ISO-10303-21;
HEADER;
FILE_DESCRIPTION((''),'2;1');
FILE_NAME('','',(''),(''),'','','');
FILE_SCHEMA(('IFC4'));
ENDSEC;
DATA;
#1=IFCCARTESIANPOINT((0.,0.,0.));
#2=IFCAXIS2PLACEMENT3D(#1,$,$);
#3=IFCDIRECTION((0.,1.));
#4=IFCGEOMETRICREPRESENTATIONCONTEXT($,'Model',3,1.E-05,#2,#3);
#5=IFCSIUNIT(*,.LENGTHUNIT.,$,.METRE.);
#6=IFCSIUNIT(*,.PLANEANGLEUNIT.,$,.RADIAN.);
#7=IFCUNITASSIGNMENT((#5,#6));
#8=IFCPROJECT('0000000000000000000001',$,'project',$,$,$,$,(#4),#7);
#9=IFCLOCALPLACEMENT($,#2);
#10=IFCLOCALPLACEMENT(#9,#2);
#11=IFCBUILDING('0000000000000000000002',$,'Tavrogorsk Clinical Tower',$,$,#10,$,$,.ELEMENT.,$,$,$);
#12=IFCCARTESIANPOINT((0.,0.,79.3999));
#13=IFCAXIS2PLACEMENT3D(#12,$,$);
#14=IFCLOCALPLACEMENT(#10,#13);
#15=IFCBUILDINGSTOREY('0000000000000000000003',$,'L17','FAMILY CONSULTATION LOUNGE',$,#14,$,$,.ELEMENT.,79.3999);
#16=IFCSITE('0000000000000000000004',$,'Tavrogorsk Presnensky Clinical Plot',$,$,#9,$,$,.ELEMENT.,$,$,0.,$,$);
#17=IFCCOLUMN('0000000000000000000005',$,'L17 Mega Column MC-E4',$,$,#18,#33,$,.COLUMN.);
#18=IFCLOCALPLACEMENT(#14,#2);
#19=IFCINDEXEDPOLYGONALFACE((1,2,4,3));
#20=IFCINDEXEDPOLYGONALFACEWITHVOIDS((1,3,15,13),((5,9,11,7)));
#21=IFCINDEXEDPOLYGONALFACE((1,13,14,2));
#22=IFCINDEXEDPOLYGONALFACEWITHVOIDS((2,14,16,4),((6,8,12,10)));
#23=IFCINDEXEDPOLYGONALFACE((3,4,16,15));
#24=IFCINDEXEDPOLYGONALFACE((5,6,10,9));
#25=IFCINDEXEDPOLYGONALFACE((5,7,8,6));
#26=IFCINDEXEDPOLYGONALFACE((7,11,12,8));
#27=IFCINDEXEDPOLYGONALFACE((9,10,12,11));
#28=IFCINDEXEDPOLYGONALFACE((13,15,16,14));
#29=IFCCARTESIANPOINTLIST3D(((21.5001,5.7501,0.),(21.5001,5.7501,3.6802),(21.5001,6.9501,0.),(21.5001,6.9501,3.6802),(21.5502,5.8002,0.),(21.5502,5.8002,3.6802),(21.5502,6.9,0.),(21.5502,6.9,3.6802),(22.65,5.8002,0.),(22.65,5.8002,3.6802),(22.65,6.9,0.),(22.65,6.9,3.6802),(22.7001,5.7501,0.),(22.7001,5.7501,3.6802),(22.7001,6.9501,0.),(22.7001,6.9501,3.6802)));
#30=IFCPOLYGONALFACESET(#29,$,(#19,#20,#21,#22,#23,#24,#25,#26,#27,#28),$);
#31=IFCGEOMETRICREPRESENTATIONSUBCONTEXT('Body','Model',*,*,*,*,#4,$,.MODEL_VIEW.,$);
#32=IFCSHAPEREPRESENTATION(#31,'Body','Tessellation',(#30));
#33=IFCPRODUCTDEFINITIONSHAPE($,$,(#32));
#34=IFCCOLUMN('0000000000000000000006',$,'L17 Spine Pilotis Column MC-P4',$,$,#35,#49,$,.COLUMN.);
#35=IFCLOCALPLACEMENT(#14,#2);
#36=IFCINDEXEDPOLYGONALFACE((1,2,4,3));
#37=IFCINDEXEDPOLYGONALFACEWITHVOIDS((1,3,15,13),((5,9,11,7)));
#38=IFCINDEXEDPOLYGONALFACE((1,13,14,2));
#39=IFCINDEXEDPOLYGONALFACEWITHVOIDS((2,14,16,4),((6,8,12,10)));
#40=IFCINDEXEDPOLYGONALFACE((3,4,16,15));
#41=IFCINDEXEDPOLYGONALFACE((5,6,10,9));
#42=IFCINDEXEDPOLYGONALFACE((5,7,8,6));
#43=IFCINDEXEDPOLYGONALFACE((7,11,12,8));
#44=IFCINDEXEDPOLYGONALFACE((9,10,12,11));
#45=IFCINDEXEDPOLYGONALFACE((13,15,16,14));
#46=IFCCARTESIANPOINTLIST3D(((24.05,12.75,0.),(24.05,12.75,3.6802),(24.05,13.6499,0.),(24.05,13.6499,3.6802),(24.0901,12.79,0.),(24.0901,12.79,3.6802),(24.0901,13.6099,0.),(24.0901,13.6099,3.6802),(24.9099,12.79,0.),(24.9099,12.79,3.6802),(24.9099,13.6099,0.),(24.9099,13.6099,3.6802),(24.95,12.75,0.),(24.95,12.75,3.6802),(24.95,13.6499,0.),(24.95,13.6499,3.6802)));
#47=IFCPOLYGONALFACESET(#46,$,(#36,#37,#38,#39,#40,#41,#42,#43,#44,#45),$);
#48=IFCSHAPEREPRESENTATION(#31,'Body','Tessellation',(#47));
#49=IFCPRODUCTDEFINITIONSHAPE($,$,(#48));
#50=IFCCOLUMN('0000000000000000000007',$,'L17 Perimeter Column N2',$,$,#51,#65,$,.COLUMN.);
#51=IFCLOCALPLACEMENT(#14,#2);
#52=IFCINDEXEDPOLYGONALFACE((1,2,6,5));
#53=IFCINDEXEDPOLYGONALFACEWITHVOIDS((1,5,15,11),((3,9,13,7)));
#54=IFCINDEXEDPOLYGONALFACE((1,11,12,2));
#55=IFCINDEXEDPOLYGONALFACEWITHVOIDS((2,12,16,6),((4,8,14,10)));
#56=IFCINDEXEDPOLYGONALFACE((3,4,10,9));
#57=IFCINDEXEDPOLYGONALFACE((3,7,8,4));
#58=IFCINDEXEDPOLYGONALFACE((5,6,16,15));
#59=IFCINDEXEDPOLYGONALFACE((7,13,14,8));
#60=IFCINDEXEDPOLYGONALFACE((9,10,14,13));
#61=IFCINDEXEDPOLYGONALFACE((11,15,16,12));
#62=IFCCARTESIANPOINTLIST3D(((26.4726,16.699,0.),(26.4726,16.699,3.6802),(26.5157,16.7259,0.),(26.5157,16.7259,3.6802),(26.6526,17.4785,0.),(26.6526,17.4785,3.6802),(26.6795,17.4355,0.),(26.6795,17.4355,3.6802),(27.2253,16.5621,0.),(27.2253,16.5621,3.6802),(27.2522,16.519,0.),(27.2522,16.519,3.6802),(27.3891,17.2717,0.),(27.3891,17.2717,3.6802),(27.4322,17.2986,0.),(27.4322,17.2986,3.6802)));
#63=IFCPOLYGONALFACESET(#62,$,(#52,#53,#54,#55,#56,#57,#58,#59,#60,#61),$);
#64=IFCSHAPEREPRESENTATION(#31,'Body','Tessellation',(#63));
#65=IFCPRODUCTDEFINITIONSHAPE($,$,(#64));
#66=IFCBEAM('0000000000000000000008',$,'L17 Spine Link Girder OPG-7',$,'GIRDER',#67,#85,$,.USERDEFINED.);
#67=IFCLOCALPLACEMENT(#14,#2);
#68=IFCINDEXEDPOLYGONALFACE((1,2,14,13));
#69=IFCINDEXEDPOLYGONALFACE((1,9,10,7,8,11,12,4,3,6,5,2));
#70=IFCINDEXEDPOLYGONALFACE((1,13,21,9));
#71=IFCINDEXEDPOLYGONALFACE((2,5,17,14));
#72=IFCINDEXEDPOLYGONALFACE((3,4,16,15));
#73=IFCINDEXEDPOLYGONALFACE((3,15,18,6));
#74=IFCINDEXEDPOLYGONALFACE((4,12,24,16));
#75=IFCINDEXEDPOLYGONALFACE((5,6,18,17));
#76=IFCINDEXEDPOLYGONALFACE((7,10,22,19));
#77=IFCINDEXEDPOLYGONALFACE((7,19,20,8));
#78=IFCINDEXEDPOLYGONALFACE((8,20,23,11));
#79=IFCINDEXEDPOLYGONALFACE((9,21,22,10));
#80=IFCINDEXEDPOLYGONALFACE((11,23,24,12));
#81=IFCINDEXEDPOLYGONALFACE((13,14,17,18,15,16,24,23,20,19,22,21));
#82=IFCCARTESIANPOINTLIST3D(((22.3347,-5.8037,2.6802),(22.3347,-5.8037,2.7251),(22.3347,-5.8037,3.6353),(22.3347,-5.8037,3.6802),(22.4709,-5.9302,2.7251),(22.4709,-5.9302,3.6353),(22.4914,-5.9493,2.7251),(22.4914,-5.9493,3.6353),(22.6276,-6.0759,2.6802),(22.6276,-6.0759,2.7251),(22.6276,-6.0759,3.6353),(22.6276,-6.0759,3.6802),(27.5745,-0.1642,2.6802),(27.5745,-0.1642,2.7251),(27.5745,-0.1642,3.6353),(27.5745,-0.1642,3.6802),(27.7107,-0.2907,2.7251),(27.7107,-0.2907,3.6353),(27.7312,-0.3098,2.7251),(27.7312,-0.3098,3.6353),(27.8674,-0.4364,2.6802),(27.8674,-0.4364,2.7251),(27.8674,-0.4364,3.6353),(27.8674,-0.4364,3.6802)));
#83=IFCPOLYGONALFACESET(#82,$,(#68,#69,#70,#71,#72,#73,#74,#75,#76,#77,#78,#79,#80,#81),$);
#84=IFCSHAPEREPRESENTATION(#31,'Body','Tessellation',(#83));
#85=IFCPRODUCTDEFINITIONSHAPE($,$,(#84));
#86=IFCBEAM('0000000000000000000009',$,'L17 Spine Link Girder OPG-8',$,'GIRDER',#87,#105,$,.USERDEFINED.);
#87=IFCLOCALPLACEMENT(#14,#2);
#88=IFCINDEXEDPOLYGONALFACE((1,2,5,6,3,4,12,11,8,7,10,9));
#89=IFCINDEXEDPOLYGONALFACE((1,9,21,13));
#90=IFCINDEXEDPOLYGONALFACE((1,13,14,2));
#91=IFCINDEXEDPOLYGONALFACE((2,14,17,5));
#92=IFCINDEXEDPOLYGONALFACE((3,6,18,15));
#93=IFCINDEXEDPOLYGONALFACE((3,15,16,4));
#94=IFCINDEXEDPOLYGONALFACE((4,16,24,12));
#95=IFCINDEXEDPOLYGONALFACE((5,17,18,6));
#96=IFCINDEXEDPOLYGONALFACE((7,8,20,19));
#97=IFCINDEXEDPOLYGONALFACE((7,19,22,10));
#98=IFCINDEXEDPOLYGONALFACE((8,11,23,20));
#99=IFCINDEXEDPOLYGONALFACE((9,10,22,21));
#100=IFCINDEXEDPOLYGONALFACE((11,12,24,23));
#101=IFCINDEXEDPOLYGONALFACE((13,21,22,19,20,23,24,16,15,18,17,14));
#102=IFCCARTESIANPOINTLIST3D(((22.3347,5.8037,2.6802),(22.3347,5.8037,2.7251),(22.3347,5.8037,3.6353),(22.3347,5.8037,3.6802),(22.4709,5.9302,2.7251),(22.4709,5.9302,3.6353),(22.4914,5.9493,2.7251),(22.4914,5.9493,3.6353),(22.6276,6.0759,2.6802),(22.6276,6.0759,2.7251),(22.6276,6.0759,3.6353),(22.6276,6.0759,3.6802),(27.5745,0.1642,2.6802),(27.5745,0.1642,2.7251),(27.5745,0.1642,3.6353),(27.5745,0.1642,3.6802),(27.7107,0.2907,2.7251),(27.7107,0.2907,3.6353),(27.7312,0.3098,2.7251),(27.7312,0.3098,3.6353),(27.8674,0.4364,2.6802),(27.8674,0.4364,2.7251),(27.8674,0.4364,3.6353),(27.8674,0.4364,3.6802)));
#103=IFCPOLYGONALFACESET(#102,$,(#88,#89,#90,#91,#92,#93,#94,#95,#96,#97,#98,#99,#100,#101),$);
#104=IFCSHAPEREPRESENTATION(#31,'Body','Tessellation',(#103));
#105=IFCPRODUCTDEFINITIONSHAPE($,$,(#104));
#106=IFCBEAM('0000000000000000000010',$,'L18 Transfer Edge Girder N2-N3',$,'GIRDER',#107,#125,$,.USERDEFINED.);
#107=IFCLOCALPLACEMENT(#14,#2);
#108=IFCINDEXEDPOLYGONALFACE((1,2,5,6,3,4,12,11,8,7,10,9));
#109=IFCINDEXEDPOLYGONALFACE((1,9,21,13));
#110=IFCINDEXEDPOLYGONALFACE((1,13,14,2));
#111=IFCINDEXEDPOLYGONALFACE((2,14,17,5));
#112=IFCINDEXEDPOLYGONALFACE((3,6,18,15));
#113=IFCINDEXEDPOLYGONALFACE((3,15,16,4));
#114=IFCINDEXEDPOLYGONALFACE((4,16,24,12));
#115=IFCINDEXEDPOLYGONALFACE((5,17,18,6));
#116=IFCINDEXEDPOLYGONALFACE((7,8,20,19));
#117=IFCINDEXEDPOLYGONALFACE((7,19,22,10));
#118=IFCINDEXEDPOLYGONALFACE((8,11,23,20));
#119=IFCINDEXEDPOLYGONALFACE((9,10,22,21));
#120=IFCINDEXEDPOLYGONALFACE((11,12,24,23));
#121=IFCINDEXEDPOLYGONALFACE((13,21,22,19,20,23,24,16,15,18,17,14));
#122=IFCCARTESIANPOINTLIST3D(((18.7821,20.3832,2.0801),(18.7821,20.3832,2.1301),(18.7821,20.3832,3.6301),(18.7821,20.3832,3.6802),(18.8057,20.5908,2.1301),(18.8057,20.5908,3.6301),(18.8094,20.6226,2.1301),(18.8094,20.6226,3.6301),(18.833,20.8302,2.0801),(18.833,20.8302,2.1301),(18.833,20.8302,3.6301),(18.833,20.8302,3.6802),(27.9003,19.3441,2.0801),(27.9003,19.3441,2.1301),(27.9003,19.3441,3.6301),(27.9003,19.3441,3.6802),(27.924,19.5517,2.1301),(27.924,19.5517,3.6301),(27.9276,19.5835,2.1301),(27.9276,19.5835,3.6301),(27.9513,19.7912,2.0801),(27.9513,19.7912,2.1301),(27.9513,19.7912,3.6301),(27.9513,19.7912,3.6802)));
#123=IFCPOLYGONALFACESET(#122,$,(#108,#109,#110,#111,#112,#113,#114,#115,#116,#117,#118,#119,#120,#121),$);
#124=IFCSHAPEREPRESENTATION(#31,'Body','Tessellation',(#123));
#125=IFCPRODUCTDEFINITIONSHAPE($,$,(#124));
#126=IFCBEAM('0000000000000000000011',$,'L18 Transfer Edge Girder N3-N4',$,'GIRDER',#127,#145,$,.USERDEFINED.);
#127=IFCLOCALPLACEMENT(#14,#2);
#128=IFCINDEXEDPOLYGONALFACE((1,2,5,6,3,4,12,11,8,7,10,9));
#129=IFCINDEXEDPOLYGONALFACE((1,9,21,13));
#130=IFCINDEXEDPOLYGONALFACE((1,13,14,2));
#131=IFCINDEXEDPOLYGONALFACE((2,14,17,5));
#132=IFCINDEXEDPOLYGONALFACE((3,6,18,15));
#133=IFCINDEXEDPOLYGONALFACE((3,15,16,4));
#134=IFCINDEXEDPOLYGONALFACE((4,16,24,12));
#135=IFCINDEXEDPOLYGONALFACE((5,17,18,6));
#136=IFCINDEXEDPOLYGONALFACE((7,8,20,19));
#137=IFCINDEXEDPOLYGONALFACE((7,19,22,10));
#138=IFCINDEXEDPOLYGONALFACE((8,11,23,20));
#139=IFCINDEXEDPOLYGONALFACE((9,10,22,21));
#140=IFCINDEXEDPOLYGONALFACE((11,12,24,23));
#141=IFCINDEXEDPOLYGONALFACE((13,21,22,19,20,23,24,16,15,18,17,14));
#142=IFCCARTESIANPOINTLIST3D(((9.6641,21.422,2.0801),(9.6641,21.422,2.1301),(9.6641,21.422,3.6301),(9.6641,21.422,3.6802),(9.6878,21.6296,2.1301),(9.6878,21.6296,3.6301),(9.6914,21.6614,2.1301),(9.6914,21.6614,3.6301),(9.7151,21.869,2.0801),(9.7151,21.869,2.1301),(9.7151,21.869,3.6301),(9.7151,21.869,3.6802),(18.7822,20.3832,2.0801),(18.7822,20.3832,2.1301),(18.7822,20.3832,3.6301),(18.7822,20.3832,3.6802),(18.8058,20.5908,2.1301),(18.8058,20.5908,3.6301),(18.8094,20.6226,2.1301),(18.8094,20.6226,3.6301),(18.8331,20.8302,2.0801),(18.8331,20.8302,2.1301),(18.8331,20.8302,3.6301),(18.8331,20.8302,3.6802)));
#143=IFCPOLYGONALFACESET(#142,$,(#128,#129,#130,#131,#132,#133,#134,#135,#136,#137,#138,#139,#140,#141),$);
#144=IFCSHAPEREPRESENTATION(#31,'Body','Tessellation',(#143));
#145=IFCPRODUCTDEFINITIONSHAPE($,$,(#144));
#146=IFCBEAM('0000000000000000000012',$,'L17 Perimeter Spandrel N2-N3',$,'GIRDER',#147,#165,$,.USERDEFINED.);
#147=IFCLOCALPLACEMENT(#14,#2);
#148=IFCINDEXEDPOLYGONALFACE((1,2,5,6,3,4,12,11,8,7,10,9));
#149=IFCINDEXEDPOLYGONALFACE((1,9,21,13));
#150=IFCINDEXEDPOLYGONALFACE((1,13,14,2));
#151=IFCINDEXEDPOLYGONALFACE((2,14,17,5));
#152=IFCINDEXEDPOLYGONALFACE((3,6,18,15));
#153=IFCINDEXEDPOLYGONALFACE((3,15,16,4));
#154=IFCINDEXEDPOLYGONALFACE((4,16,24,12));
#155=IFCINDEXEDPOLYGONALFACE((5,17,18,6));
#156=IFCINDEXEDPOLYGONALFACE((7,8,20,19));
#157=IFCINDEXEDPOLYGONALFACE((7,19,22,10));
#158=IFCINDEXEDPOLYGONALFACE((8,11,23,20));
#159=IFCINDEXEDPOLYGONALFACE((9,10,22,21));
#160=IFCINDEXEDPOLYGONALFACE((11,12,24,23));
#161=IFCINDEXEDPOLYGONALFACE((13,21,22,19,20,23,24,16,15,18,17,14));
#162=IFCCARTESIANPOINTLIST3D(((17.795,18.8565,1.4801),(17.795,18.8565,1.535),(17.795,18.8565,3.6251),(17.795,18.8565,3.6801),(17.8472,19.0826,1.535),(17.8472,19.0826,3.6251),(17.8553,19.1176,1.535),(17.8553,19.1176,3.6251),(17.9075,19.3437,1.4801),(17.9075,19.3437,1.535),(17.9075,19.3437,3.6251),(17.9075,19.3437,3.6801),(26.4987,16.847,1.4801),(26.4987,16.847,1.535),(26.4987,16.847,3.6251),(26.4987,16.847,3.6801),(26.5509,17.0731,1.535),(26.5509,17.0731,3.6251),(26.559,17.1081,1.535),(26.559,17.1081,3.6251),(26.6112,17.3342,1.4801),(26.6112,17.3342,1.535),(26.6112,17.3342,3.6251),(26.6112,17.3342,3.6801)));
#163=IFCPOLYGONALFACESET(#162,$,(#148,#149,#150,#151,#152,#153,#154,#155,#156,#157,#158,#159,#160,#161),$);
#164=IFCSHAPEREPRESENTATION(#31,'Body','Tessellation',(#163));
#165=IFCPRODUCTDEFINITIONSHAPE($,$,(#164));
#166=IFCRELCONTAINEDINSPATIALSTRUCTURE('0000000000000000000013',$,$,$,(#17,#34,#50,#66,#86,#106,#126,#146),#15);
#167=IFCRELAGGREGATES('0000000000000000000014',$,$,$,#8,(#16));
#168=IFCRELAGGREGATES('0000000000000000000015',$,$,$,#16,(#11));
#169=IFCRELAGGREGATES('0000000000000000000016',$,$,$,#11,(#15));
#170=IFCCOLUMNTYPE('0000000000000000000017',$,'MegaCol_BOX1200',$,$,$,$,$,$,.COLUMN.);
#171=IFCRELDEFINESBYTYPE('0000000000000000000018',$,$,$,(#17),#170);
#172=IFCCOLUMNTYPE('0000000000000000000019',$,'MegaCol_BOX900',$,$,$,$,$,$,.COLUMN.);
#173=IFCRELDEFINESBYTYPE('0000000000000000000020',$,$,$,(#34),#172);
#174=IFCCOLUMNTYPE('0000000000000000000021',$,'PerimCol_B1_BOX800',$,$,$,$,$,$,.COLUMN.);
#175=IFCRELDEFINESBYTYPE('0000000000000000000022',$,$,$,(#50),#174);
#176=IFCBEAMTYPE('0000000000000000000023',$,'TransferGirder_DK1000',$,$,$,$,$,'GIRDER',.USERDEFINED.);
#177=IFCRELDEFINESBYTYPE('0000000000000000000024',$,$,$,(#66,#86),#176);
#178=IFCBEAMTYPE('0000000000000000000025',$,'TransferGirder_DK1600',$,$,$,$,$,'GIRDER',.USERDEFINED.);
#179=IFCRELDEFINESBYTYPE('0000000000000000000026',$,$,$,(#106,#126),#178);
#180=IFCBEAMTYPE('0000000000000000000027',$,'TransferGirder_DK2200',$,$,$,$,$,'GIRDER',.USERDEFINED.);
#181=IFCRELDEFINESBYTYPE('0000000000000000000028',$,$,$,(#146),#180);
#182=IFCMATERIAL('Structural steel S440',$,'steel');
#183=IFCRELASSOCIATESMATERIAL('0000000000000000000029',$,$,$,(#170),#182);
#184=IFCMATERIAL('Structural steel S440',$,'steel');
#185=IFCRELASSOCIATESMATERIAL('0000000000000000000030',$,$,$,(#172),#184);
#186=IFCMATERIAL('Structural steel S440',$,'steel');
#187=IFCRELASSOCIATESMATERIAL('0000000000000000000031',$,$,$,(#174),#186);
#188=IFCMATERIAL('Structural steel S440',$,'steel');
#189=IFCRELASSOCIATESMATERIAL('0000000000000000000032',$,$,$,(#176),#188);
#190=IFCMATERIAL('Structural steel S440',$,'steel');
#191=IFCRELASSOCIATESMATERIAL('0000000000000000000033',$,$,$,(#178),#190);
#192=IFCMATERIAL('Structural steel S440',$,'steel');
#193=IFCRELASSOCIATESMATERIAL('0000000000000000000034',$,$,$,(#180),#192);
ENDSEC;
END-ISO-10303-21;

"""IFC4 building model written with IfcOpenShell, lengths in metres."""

from ifc_helpers import new_model, si_unit, direction, frame, origin, origin_2d, place, context, subcontext, project, spatial, hollow_rectangle, i_section, extrude, material, material_profile, profile_set, type_object, element, save


model = new_model("IFC4")

# Units and contexts
model_context = context("Model", 3, precision=1e-05, world=origin(), true_north=direction((0.0, 1.0)))
body_context = subcontext(model_context, "Body", "Model", "MODEL_VIEW")
ifc_project = project(units=[si_unit("LENGTHUNIT", "METRE"), si_unit("PLANEANGLEUNIT", "RADIAN")], contexts=[model_context])

# Site, building, storey
site_placement = place(None, origin())
site = spatial("IfcSite", under=ifc_project, at=site_placement, Name="Tavrogorsk Presnensky Clinical Plot", CompositionType="ELEMENT", RefElevation=0.0)
building_placement = place(site_placement, origin())
building = spatial("IfcBuilding", under=site, at=building_placement, Name="Tavrogorsk Clinical Tower", CompositionType="ELEMENT")
storey_placement = place(building_placement, frame((0.0, 0.0, 79.3999)))
storey = spatial("IfcBuildingStorey", under=building, at=storey_placement, Name="L17", Description="FAMILY CONSULTATION LOUNGE", CompositionType="ELEMENT", Elevation=79.3999)

# Columns
ifc_material_1 = material(Name="Structural steel S440", Category="steel")
ifc_material_profile_1 = material_profile(ifc_material_1, hollow_rectangle(XDim=1.2, YDim=1.2, WallThickness=0.05, at=origin_2d()), Name="BOX-1200x1200x50")
ifc_profile_set_1 = profile_set([ifc_material_profile_1], Name="Structural steel S440")
column_type_1 = type_object("IfcColumnType", Name="MegaCol_BOX1200", PredefinedType="COLUMN", material=ifc_profile_set_1)
column_1_placement = place(storey_placement, frame((22.1001, 6.3501, 0.0), z_axis=(0.0, 0.0, 1.0), x_axis=(1.0, 0.0, 0.0)))
element("IfcColumn", 1, at=column_1_placement, inside=storey, type_object=column_type_1, Name="L17 Mega Column MC-E4", PredefinedType="COLUMN", context=body_context, shape_type="SweptSolid", body=[
    extrude(hollow_rectangle(XDim=1.2, YDim=1.2, WallThickness=0.05, at=origin_2d()), origin(), (0.0, 0.0, 1.0), 3.6802),
])
ifc_material_2 = material(Name="Structural steel S440", Category="steel")
ifc_material_profile_2 = material_profile(ifc_material_2, hollow_rectangle(XDim=0.8999, YDim=0.8999, WallThickness=0.04, at=origin_2d()), Name="BOX-900x900x40")
ifc_profile_set_2 = profile_set([ifc_material_profile_2], Name="Structural steel S440")
column_type_2 = type_object("IfcColumnType", Name="MegaCol_BOX900", PredefinedType="COLUMN", material=ifc_profile_set_2)
column_2_placement = place(storey_placement, frame((24.5, 13.2, 0.0), z_axis=(0.0, 0.0, 1.0), x_axis=(1.0, 0.0, 0.0)))
element("IfcColumn", 2, at=column_2_placement, inside=storey, type_object=column_type_2, Name="L17 Spine Pilotis Column MC-P4", PredefinedType="COLUMN", context=body_context, shape_type="SweptSolid", body=[
    extrude(hollow_rectangle(XDim=0.8999, YDim=0.8999, WallThickness=0.04, at=origin_2d()), origin(), (0.0, 0.0, 1.0), 3.6802),
])
ifc_material_3 = material(Name="Structural steel S440", Category="steel")
ifc_material_profile_3 = material_profile(ifc_material_3, hollow_rectangle(XDim=0.8, YDim=0.8, WallThickness=0.0359, at=origin_2d()), Name="BOX-800x800x36")
ifc_profile_set_3 = profile_set([ifc_material_profile_3], Name="Structural steel S440")
column_type_3 = type_object("IfcColumnType", Name="PerimCol_B1_BOX800", PredefinedType="COLUMN", material=ifc_profile_set_3)
column_3_placement = place(storey_placement, frame((26.9524, 16.9988, 0.0), z_axis=(0.0, 0.0, 1.0), x_axis=(0.97437, -0.224951, 0.0)))
element("IfcColumn", 3, at=column_3_placement, inside=storey, type_object=column_type_3, Name="L17 Perimeter Column N2", PredefinedType="COLUMN", context=body_context, shape_type="SweptSolid", body=[
    extrude(hollow_rectangle(XDim=0.8, YDim=0.8, WallThickness=0.0359, at=origin_2d()), origin(), (0.0, 0.0, 1.0), 3.6802),
])

# Beams
ifc_material_4 = material(Name="Structural steel S440", Category="steel")
ifc_material_profile_4 = material_profile(ifc_material_4, i_section(OverallWidth=0.3999, OverallDepth=1.0, WebThickness=0.0281, FlangeThickness=0.0449, at=origin_2d()), Name="DK-1000x400x28x45")
ifc_profile_set_4 = profile_set([ifc_material_profile_4], Name="Structural steel S440")
beam_type_1 = type_object("IfcBeamType", Name="TransferGirder_DK1000", ElementType="GIRDER", PredefinedType="USERDEFINED", material=ifc_profile_set_4)
for number, where, z_axis, x_axis, name in (
    (4, (27.7209, -0.3003, 3.1802), (-0.680671, -0.732589, 0.0), (0.732589, -0.680671, 0.0), "L17 Spine Link Girder OPG-7"),
    (5, (27.7209, 0.3003, 3.1802), (-0.680671, 0.732589, 0.0), (-0.732589, -0.680671, 0.0), "L17 Spine Link Girder OPG-8"),
):
    element("IfcBeam", number, at=place(storey_placement, frame(where, z_axis=z_axis, x_axis=x_axis)), inside=storey, type_object=beam_type_1, Name=name, ObjectType="GIRDER", PredefinedType="USERDEFINED", context=body_context, shape_type="SweptSolid", body=[
        extrude(i_section(OverallWidth=0.3999, OverallDepth=1.0, WebThickness=0.0281, FlangeThickness=0.0449, at=origin_2d()), origin(), (0.0, 0.0, 1.0), 7.698),
    ])
ifc_material_5 = material(Name="Structural steel S440", Category="steel")
ifc_material_profile_5 = material_profile(ifc_material_5, i_section(OverallWidth=0.45, OverallDepth=1.6001, WebThickness=0.032, FlangeThickness=0.05, at=origin_2d()), Name="DK-1600x450x32x50")
ifc_profile_set_5 = profile_set([ifc_material_profile_5], Name="Structural steel S440")
beam_type_2 = type_object("IfcBeamType", Name="TransferGirder_DK1600", ElementType="GIRDER", PredefinedType="USERDEFINED", material=ifc_profile_set_5)
beam_1_placement = place(storey_placement, frame((27.9258, 19.5676, 2.8801), z_axis=(-0.99357, 0.113222, 0.0), x_axis=(-0.113222, -0.99357, 0.0)))
element("IfcBeam", 6, at=beam_1_placement, inside=storey, type_object=beam_type_2, Name="L18 Transfer Edge Girder N2-N3", ObjectType="GIRDER", PredefinedType="USERDEFINED", context=body_context, shape_type="SweptSolid", body=[
    extrude(i_section(OverallWidth=0.45, OverallDepth=1.6001, WebThickness=0.032, FlangeThickness=0.05, at=origin_2d()), origin(), (0.0, 0.0, 1.0), 9.1772),
])
beam_2_placement = place(storey_placement, frame((18.8076, 20.6067, 2.8801), z_axis=(-0.993572, 0.113199, 0.0), x_axis=(-0.113199, -0.993572, 0.0)))
element("IfcBeam", 7, at=beam_2_placement, inside=storey, type_object=beam_type_2, Name="L18 Transfer Edge Girder N3-N4", ObjectType="GIRDER", PredefinedType="USERDEFINED", context=body_context, shape_type="SweptSolid", body=[
    extrude(i_section(OverallWidth=0.45, OverallDepth=1.6001, WebThickness=0.032, FlangeThickness=0.05, at=origin_2d()), origin(), (0.0, 0.0, 1.0), 9.177),
])
ifc_material_6 = material(Name="Structural steel S440", Category="steel")
ifc_material_profile_6 = material_profile(ifc_material_6, i_section(OverallWidth=0.5, OverallDepth=2.2, WebThickness=0.0359, FlangeThickness=0.0549, at=origin_2d()), Name="DK-2200x500x36x55")
ifc_profile_set_6 = profile_set([ifc_material_profile_6], Name="Structural steel S440")
beam_type_3 = type_object("IfcBeamType", Name="TransferGirder_DK2200", ElementType="GIRDER", PredefinedType="USERDEFINED", material=ifc_profile_set_6)
beam_3_placement = place(storey_placement, frame((26.5549, 17.0906, 2.5801), z_axis=(-0.974367, 0.224965, 0.0), x_axis=(-0.224965, -0.974367, 0.0)))
element("IfcBeam", 8, at=beam_3_placement, inside=storey, type_object=beam_type_3, Name="L17 Perimeter Spandrel N2-N3", ObjectType="GIRDER", PredefinedType="USERDEFINED", context=body_context, shape_type="SweptSolid", body=[
    extrude(i_section(OverallWidth=0.5, OverallDepth=2.2, WebThickness=0.0359, FlangeThickness=0.0549, at=origin_2d()), origin(), (0.0, 0.0, 1.0), 8.9326),
])

save(model, "model.ifc")
